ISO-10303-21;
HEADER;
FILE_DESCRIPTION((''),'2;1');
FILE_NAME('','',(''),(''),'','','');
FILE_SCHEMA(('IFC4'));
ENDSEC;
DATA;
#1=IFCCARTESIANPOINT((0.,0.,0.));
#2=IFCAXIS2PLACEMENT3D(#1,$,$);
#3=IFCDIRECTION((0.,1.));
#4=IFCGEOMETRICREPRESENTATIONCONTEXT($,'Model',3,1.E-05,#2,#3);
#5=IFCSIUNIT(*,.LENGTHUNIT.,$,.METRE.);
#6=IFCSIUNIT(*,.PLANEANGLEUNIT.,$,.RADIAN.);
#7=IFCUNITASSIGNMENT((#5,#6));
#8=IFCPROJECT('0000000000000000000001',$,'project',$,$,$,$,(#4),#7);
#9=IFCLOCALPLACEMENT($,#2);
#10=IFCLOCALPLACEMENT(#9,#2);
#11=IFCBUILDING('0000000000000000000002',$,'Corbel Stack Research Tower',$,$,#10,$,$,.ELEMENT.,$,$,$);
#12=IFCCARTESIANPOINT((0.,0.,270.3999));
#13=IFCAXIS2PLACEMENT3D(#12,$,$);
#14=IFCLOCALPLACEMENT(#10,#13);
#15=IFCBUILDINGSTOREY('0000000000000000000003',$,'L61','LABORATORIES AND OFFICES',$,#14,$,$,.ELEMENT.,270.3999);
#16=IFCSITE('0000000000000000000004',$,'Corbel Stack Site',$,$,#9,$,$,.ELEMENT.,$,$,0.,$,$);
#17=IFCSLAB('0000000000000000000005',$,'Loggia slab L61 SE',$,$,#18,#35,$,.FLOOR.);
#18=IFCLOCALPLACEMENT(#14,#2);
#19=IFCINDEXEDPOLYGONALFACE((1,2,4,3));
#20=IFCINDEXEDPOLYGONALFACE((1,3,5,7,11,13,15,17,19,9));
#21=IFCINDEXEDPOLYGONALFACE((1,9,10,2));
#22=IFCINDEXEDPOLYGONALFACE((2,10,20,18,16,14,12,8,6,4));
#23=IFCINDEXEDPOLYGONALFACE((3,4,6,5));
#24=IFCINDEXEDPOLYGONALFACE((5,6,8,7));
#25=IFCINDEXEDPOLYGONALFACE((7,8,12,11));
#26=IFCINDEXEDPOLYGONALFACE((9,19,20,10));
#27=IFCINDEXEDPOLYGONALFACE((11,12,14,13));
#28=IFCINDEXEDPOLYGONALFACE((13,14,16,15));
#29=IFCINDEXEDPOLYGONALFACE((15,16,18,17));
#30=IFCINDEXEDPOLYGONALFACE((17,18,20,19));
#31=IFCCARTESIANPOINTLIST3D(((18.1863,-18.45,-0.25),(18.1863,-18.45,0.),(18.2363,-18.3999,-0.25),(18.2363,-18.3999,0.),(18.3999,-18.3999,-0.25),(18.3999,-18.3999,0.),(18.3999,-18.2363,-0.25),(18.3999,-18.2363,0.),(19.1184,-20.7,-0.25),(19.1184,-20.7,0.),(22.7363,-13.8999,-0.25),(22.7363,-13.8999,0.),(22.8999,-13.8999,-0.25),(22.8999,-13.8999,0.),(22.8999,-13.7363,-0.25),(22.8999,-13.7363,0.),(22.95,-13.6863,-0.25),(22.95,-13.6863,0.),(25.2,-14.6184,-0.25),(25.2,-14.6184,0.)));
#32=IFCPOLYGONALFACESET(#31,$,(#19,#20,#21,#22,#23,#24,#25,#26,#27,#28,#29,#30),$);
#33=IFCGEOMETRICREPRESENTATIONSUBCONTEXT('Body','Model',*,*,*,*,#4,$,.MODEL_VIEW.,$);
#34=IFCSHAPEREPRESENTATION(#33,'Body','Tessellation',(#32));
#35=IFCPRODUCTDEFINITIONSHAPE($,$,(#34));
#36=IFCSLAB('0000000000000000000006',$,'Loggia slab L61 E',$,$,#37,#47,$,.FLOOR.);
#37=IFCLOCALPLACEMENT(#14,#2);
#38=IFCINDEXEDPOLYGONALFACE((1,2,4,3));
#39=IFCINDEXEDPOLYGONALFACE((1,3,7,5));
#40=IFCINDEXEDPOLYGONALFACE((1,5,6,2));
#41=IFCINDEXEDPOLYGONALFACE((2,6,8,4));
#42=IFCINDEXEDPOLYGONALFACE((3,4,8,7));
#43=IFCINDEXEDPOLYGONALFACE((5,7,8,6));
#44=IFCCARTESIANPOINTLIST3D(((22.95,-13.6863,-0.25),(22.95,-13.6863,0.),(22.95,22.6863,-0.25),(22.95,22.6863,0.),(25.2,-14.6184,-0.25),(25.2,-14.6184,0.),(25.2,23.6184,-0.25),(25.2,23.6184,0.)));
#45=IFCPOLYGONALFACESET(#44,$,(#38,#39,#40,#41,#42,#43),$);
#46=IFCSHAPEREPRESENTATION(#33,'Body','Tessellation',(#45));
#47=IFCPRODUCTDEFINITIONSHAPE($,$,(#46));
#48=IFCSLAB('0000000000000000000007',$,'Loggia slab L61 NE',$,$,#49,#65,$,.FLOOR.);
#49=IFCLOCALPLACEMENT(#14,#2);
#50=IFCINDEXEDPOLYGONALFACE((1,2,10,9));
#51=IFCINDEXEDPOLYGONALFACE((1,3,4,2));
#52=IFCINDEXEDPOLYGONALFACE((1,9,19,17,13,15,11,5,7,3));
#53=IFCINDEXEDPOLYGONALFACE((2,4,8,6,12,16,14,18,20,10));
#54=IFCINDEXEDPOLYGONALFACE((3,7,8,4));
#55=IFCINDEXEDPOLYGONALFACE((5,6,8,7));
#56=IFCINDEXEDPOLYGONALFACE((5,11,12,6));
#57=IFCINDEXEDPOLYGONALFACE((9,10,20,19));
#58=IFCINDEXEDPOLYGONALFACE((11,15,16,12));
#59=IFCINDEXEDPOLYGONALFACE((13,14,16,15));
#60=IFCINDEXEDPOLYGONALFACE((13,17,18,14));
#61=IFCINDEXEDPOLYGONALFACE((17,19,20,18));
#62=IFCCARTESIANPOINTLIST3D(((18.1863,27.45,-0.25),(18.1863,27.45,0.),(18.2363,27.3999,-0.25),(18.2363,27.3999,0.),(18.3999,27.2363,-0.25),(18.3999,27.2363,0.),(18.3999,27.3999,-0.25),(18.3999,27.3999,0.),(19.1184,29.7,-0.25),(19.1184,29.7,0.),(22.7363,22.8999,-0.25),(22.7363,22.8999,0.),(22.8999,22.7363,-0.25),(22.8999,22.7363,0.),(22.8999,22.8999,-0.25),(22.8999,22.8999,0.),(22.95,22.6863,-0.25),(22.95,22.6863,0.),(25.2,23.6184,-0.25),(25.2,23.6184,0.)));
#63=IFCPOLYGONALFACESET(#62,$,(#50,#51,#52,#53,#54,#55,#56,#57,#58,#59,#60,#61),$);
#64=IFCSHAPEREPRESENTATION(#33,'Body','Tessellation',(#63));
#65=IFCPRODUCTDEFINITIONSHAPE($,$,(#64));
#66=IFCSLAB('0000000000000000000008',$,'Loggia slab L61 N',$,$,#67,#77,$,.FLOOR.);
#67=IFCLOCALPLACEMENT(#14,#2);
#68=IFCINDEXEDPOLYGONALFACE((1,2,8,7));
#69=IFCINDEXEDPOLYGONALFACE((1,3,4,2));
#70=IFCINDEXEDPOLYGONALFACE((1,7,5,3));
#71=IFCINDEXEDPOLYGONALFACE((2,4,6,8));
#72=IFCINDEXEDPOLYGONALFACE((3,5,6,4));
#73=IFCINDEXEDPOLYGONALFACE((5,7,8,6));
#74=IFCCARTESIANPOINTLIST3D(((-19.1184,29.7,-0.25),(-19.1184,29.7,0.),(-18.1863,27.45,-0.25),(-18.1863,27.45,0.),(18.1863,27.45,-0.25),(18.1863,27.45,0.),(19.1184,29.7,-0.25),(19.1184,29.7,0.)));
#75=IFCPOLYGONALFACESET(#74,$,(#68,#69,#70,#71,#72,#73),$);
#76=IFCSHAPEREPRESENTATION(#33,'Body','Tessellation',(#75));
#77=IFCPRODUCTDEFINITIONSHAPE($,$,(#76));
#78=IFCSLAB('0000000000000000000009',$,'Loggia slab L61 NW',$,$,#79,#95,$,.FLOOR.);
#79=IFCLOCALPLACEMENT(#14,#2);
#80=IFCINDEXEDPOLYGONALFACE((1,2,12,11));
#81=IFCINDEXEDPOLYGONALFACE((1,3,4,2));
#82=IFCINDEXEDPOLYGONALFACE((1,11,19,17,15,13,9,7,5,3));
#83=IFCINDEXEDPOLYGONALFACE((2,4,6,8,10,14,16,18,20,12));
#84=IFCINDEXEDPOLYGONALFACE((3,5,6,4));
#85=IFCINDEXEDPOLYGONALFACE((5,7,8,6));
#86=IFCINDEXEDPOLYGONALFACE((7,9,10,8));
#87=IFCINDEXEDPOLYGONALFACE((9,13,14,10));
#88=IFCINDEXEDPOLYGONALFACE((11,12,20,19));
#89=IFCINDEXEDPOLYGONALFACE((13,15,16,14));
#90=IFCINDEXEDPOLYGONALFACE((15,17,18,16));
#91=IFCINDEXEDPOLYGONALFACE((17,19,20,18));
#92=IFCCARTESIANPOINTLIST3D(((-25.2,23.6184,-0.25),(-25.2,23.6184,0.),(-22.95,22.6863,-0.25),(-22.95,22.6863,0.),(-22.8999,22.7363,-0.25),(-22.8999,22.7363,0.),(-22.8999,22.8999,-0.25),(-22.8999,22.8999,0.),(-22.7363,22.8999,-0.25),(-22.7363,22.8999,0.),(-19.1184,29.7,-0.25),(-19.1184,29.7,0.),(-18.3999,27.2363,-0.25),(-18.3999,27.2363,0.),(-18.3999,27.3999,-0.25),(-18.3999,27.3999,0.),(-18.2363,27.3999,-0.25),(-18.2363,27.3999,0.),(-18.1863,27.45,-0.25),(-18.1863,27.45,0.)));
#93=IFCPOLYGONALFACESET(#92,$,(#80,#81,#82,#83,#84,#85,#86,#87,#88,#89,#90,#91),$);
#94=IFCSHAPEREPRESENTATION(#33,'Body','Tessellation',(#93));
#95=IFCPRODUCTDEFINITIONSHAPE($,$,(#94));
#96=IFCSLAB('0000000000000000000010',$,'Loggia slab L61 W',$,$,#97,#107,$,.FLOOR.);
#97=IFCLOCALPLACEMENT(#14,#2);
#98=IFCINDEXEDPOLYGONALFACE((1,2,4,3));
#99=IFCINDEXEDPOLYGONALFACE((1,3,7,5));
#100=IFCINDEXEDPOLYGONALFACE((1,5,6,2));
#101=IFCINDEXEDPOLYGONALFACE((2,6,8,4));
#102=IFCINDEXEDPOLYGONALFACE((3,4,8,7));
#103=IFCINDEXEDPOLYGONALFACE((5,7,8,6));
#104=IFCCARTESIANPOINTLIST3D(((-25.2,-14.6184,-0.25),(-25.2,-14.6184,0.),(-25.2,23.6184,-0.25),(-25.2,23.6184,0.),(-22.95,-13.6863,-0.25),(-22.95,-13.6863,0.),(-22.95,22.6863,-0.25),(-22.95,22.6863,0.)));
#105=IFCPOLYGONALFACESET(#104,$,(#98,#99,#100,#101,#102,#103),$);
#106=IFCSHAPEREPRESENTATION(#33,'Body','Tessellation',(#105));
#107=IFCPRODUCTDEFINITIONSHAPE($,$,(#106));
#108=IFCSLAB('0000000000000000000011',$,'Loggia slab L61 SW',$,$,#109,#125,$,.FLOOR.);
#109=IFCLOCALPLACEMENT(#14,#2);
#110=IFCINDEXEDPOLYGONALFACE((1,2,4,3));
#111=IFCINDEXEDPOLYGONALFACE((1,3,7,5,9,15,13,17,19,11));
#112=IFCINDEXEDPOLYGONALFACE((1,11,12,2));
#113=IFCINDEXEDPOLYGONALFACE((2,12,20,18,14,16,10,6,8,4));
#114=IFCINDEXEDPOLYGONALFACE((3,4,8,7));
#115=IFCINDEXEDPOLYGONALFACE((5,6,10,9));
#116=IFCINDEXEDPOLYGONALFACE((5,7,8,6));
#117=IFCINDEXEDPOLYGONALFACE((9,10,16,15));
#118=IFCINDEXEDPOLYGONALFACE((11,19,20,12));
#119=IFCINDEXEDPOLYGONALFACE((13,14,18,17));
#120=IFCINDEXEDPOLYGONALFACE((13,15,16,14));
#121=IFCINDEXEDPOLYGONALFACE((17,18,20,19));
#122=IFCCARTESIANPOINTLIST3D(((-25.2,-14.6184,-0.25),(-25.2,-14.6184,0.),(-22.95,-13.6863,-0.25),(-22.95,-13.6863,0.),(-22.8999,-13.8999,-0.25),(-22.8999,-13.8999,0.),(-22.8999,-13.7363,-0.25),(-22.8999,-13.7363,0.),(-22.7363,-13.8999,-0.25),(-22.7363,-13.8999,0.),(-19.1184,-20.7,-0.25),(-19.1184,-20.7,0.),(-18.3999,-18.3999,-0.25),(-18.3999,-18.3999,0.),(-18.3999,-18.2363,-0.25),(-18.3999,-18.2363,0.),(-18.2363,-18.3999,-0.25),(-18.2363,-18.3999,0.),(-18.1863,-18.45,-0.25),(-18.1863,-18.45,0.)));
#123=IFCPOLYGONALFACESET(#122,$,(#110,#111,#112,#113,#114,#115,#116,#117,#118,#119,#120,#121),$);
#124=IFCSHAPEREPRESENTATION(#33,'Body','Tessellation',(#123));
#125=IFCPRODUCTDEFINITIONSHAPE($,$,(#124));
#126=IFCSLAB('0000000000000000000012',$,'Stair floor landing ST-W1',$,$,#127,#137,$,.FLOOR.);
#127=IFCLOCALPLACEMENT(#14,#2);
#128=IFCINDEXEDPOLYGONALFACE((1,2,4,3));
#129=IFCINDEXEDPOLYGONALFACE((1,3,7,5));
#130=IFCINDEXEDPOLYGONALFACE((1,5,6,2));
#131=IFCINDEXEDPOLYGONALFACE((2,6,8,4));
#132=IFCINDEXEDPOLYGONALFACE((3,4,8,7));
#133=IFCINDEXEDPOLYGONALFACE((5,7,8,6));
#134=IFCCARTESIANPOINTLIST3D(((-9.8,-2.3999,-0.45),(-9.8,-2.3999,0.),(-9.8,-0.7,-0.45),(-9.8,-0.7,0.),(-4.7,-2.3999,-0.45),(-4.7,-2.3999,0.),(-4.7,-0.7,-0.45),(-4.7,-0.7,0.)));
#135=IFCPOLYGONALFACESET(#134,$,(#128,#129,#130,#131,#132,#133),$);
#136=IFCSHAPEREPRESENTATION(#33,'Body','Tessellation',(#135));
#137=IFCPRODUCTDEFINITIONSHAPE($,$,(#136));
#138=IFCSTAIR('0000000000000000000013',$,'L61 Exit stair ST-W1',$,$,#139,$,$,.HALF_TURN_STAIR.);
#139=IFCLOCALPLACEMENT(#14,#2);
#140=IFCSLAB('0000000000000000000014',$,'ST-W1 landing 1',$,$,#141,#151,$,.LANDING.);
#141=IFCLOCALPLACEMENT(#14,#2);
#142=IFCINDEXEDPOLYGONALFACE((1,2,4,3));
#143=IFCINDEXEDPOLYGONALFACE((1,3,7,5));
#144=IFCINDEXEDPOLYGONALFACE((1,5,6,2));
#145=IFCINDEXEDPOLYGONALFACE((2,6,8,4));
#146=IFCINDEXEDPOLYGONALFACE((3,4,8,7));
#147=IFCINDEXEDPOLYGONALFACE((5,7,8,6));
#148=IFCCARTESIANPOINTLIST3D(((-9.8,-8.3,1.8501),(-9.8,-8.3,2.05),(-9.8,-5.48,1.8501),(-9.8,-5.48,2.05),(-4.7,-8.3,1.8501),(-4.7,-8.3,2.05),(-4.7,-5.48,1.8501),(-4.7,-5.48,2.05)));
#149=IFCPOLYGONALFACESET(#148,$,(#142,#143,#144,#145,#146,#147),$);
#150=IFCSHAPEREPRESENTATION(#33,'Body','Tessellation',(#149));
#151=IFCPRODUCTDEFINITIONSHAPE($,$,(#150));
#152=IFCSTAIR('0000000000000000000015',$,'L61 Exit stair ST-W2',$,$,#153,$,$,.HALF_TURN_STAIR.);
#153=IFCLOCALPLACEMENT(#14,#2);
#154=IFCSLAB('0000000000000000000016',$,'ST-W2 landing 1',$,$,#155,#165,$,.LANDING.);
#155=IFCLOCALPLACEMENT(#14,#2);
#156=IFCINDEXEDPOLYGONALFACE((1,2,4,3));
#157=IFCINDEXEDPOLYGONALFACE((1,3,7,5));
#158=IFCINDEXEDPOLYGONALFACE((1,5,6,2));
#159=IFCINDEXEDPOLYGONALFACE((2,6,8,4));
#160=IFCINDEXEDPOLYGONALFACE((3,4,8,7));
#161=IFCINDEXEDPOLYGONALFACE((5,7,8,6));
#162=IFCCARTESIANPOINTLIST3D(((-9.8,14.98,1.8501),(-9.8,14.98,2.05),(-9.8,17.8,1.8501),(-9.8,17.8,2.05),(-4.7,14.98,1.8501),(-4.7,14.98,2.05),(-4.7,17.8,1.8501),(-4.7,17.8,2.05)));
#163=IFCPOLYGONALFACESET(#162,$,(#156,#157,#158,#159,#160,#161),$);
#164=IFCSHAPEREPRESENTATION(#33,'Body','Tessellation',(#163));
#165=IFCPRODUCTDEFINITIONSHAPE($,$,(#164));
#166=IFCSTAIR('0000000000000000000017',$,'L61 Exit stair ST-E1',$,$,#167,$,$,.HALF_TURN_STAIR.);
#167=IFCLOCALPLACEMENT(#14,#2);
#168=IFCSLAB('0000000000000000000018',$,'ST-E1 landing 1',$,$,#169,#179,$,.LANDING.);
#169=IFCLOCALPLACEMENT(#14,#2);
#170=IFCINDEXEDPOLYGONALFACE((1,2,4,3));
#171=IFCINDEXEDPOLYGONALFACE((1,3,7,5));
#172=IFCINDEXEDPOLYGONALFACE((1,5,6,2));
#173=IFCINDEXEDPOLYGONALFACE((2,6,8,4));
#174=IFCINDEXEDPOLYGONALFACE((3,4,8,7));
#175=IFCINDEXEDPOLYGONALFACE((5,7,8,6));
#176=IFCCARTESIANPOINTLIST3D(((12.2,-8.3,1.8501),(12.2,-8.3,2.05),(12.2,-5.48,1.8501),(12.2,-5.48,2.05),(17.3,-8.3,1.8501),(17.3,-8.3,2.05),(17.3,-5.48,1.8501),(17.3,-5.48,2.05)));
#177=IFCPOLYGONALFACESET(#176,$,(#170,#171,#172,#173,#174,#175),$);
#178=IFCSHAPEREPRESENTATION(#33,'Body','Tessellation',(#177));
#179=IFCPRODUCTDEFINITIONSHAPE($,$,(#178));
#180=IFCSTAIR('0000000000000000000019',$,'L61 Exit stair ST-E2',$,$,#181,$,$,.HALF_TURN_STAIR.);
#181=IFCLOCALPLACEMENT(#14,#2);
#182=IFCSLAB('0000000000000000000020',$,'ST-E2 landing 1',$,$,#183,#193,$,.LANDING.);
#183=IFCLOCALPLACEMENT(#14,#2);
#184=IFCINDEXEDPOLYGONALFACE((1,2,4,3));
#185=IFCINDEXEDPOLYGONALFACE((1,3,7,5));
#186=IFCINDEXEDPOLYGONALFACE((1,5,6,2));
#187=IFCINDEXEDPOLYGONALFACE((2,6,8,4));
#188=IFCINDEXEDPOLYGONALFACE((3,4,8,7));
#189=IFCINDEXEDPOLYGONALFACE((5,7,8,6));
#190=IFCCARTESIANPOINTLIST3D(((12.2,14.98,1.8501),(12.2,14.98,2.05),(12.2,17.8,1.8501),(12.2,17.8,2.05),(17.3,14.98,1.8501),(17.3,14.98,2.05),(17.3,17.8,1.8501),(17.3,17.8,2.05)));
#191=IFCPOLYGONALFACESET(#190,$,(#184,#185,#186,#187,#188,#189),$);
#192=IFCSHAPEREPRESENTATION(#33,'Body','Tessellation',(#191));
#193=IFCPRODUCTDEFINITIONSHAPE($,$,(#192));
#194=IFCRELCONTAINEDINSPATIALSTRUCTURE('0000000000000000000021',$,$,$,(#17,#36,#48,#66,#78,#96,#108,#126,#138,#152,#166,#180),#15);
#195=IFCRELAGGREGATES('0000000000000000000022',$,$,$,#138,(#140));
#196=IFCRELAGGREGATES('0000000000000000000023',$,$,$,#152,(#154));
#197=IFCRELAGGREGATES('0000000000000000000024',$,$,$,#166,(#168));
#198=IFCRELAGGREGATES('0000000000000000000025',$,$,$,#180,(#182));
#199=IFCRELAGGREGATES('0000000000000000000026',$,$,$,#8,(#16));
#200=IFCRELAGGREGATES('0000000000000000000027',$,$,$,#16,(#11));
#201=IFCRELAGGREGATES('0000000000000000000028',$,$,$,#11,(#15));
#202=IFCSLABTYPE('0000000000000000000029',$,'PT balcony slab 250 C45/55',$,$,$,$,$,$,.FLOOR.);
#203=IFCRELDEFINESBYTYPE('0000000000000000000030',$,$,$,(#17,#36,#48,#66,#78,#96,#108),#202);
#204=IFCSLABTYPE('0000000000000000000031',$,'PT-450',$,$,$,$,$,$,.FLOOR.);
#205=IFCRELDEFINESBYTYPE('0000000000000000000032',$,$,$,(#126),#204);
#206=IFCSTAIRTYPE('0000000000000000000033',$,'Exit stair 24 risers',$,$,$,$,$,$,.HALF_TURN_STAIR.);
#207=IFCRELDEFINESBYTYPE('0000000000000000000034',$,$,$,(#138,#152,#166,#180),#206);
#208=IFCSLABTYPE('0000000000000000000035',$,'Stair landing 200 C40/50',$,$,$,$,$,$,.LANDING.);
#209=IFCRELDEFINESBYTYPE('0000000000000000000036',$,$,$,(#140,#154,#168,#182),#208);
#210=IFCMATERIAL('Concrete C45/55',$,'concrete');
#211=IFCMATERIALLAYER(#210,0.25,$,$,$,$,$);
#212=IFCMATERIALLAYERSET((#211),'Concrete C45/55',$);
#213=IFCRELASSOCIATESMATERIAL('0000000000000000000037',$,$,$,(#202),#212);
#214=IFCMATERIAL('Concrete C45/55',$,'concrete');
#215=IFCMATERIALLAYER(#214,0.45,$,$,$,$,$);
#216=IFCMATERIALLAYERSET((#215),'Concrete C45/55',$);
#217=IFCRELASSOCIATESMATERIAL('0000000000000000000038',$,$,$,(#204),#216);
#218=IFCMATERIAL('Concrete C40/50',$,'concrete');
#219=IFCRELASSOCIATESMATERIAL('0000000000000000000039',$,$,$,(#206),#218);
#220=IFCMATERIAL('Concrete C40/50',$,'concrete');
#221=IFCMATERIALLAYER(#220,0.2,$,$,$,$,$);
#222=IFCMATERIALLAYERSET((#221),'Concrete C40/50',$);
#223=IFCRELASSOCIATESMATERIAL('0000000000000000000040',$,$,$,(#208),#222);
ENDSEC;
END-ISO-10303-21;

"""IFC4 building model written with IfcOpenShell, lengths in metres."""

from ifc_helpers import new_model, si_unit, direction, frame, origin, place, context, subcontext, project, spatial, polyline, outline, extrude, material, layer, layer_set, type_object, element, aggregate, save


model = new_model("IFC4")

# Units and contexts
model_context = context("Model", 3, precision=1e-05, world=origin(), true_north=direction((0.0, 1.0)))
body_context = subcontext(model_context, "Body", "Model", "MODEL_VIEW")
ifc_project = project(units=[si_unit("LENGTHUNIT", "METRE"), si_unit("PLANEANGLEUNIT", "RADIAN")], contexts=[model_context])

# Site, building, storey
site_placement = place(None, origin())
site = spatial("IfcSite", under=ifc_project, at=site_placement, Name="Corbel Stack Site", CompositionType="ELEMENT", RefElevation=0.0)
building_placement = place(site_placement, origin())
building = spatial("IfcBuilding", under=site, at=building_placement, Name="Corbel Stack Research Tower", CompositionType="ELEMENT")
storey_placement = place(building_placement, frame((0.0, 0.0, 270.3999)))
storey = spatial("IfcBuildingStorey", under=building, at=storey_placement, Name="L61", Description="LABORATORIES AND OFFICES", CompositionType="ELEMENT", Elevation=270.3999)

# Slabs
ifc_material_1 = material(Name="Concrete C45/55", Category="concrete")
ifc_layer_1 = layer(ifc_material_1, 0.25)
ifc_layer_set_1 = layer_set([ifc_layer_1], Name="Concrete C45/55")
slab_type_1 = type_object("IfcSlabType", Name="PT balcony slab 250 C45/55", PredefinedType="FLOOR", material=ifc_layer_set_1)
slab_1_placement = place(storey_placement, frame((0.0, 0.0, -0.25)))
element("IfcSlab", 1, at=slab_1_placement, inside=storey, type_object=slab_type_1, Name="Loggia slab L61 SE", PredefinedType="FLOOR", context=body_context, shape_type="SweptSolid", body=[
    extrude(outline(polyline([(22.95, -13.6863), (22.8999, -13.7363), (22.8999, -13.8999), (22.7363, -13.8999), (18.3999, -18.2363), (18.3999, -18.3999), (18.2363, -18.3999), (18.1863, -18.45), (19.1184, -20.7), (25.2, -14.6184), (22.95, -13.6863)])), origin(), (0.0, 0.0, 1.0), 0.25),
])
slab_2_placement = place(storey_placement, frame((0.0, 0.0, -0.25)))
element("IfcSlab", 2, at=slab_2_placement, inside=storey, type_object=slab_type_1, Name="Loggia slab L61 E", PredefinedType="FLOOR", context=body_context, shape_type="SweptSolid", body=[
    extrude(outline(polyline([(22.95, 22.6863), (22.95, -13.6863), (25.2, -14.6184), (25.2, 23.6184), (22.95, 22.6863)])), origin(), (0.0, 0.0, 1.0), 0.25),
])
slab_3_placement = place(storey_placement, frame((0.0, 0.0, -0.25)))
element("IfcSlab", 3, at=slab_3_placement, inside=storey, type_object=slab_type_1, Name="Loggia slab L61 NE", PredefinedType="FLOOR", context=body_context, shape_type="SweptSolid", body=[
    extrude(outline(polyline([(18.1863, 27.45), (18.2363, 27.3999), (18.3999, 27.3999), (18.3999, 27.2363), (22.7363, 22.8999), (22.8999, 22.8999), (22.8999, 22.7363), (22.95, 22.6863), (25.2, 23.6184), (19.1184, 29.7), (18.1863, 27.45)])), origin(), (0.0, 0.0, 1.0), 0.25),
])
slab_4_placement = place(storey_placement, frame((0.0, 0.0, -0.25)))
element("IfcSlab", 4, at=slab_4_placement, inside=storey, type_object=slab_type_1, Name="Loggia slab L61 N", PredefinedType="FLOOR", context=body_context, shape_type="SweptSolid", body=[
    extrude(outline(polyline([(-18.1863, 27.45), (18.1863, 27.45), (19.1184, 29.7), (-19.1184, 29.7), (-18.1863, 27.45)])), origin(), (0.0, 0.0, 1.0), 0.25),
])
slab_5_placement = place(storey_placement, frame((0.0, 0.0, -0.25)))
element("IfcSlab", 5, at=slab_5_placement, inside=storey, type_object=slab_type_1, Name="Loggia slab L61 NW", PredefinedType="FLOOR", context=body_context, shape_type="SweptSolid", body=[
    extrude(outline(polyline([(-22.95, 22.6863), (-22.8999, 22.7363), (-22.8999, 22.8999), (-22.7363, 22.8999), (-18.3999, 27.2363), (-18.3999, 27.3999), (-18.2363, 27.3999), (-18.1863, 27.45), (-19.1184, 29.7), (-25.2, 23.6184), (-22.95, 22.6863)])), origin(), (0.0, 0.0, 1.0), 0.25),
])
slab_6_placement = place(storey_placement, frame((0.0, 0.0, -0.25)))
element("IfcSlab", 6, at=slab_6_placement, inside=storey, type_object=slab_type_1, Name="Loggia slab L61 W", PredefinedType="FLOOR", context=body_context, shape_type="SweptSolid", body=[
    extrude(outline(polyline([(-22.95, -13.6863), (-22.95, 22.6863), (-25.2, 23.6184), (-25.2, -14.6184), (-22.95, -13.6863)])), origin(), (0.0, 0.0, 1.0), 0.25),
])
slab_7_placement = place(storey_placement, frame((0.0, 0.0, -0.25)))
element("IfcSlab", 7, at=slab_7_placement, inside=storey, type_object=slab_type_1, Name="Loggia slab L61 SW", PredefinedType="FLOOR", context=body_context, shape_type="SweptSolid", body=[
    extrude(outline(polyline([(-18.1863, -18.45), (-18.2363, -18.3999), (-18.3999, -18.3999), (-18.3999, -18.2363), (-22.7363, -13.8999), (-22.8999, -13.8999), (-22.8999, -13.7363), (-22.95, -13.6863), (-25.2, -14.6184), (-19.1184, -20.7), (-18.1863, -18.45)])), origin(), (0.0, 0.0, 1.0), 0.25),
])
ifc_material_2 = material(Name="Concrete C45/55", Category="concrete")
ifc_layer_2 = layer(ifc_material_2, 0.45)
ifc_layer_set_2 = layer_set([ifc_layer_2], Name="Concrete C45/55")
slab_type_2 = type_object("IfcSlabType", Name="PT-450", PredefinedType="FLOOR", material=ifc_layer_set_2)
slab_8_placement = place(storey_placement, frame((0.0, 0.0, -0.45)))
element("IfcSlab", 8, at=slab_8_placement, inside=storey, type_object=slab_type_2, Name="Stair floor landing ST-W1", PredefinedType="FLOOR", context=body_context, shape_type="SweptSolid", body=[
    extrude(outline(polyline([(-9.8, -2.3999), (-4.7, -2.3999), (-4.7, -0.7), (-9.8, -0.7), (-9.8, -2.3999)])), origin(), (0.0, 0.0, 1.0), 0.45),
])

# Stairs, slabs
ifc_material_3 = material(Name="Concrete C40/50", Category="concrete")
stair_type = type_object("IfcStairType", Name="Exit stair 24 risers", PredefinedType="HALF_TURN_STAIR", material=ifc_material_3)
stair_1_placement = place(storey_placement, origin())
stair_1 = element("IfcStair", 9, at=stair_1_placement, inside=storey, type_object=stair_type, Name="L61 Exit stair ST-W1", PredefinedType="HALF_TURN_STAIR")
ifc_material_4 = material(Name="Concrete C40/50", Category="concrete")
ifc_layer_3 = layer(ifc_material_4, 0.2)
ifc_layer_set_3 = layer_set([ifc_layer_3], Name="Concrete C40/50")
slab_type_3 = type_object("IfcSlabType", Name="Stair landing 200 C40/50", PredefinedType="LANDING", material=ifc_layer_set_3)
slab_9_placement = place(storey_placement, frame((0.0, 0.0, 1.8501)))
slab_9 = element("IfcSlab", 10, at=slab_9_placement, type_object=slab_type_3, Name="ST-W1 landing 1", PredefinedType="LANDING", context=body_context, shape_type="SweptSolid", body=[
    extrude(outline(polyline([(-9.8, -8.3), (-9.8, -5.48), (-4.7, -5.48), (-4.7, -8.3), (-9.8, -8.3)])), origin(), (0.0, 0.0, 1.0), 0.2),
])
aggregate(stair_1, [slab_9])
stair_2_placement = place(storey_placement, origin())
stair_2 = element("IfcStair", 11, at=stair_2_placement, inside=storey, type_object=stair_type, Name="L61 Exit stair ST-W2", PredefinedType="HALF_TURN_STAIR")
slab_10_placement = place(storey_placement, frame((0.0, 0.0, 1.8501)))
slab_10 = element("IfcSlab", 12, at=slab_10_placement, type_object=slab_type_3, Name="ST-W2 landing 1", PredefinedType="LANDING", context=body_context, shape_type="SweptSolid", body=[
    extrude(outline(polyline([(-9.8, 14.98), (-9.8, 17.8), (-4.7, 17.8), (-4.7, 14.98), (-9.8, 14.98)])), origin(), (0.0, 0.0, 1.0), 0.2),
])
aggregate(stair_2, [slab_10])
stair_3_placement = place(storey_placement, origin())
stair_3 = element("IfcStair", 13, at=stair_3_placement, inside=storey, type_object=stair_type, Name="L61 Exit stair ST-E1", PredefinedType="HALF_TURN_STAIR")
slab_11_placement = place(storey_placement, frame((0.0, 0.0, 1.8501)))
slab_11 = element("IfcSlab", 14, at=slab_11_placement, type_object=slab_type_3, Name="ST-E1 landing 1", PredefinedType="LANDING", context=body_context, shape_type="SweptSolid", body=[
    extrude(outline(polyline([(12.2, -8.3), (12.2, -5.48), (17.3, -5.48), (17.3, -8.3), (12.2, -8.3)])), origin(), (0.0, 0.0, 1.0), 0.2),
])
aggregate(stair_3, [slab_11])
stair_4_placement = place(storey_placement, origin())
stair_4 = element("IfcStair", 15, at=stair_4_placement, inside=storey, type_object=stair_type, Name="L61 Exit stair ST-E2", PredefinedType="HALF_TURN_STAIR")
slab_12_placement = place(storey_placement, frame((0.0, 0.0, 1.8501)))
slab_12 = element("IfcSlab", 16, at=slab_12_placement, type_object=slab_type_3, Name="ST-E2 landing 1", PredefinedType="LANDING", context=body_context, shape_type="SweptSolid", body=[
    extrude(outline(polyline([(12.2, 14.98), (12.2, 17.8), (17.3, 17.8), (17.3, 14.98), (12.2, 14.98)])), origin(), (0.0, 0.0, 1.0), 0.2),
])
aggregate(stair_4, [slab_12])

save(model, "model.ifc")
